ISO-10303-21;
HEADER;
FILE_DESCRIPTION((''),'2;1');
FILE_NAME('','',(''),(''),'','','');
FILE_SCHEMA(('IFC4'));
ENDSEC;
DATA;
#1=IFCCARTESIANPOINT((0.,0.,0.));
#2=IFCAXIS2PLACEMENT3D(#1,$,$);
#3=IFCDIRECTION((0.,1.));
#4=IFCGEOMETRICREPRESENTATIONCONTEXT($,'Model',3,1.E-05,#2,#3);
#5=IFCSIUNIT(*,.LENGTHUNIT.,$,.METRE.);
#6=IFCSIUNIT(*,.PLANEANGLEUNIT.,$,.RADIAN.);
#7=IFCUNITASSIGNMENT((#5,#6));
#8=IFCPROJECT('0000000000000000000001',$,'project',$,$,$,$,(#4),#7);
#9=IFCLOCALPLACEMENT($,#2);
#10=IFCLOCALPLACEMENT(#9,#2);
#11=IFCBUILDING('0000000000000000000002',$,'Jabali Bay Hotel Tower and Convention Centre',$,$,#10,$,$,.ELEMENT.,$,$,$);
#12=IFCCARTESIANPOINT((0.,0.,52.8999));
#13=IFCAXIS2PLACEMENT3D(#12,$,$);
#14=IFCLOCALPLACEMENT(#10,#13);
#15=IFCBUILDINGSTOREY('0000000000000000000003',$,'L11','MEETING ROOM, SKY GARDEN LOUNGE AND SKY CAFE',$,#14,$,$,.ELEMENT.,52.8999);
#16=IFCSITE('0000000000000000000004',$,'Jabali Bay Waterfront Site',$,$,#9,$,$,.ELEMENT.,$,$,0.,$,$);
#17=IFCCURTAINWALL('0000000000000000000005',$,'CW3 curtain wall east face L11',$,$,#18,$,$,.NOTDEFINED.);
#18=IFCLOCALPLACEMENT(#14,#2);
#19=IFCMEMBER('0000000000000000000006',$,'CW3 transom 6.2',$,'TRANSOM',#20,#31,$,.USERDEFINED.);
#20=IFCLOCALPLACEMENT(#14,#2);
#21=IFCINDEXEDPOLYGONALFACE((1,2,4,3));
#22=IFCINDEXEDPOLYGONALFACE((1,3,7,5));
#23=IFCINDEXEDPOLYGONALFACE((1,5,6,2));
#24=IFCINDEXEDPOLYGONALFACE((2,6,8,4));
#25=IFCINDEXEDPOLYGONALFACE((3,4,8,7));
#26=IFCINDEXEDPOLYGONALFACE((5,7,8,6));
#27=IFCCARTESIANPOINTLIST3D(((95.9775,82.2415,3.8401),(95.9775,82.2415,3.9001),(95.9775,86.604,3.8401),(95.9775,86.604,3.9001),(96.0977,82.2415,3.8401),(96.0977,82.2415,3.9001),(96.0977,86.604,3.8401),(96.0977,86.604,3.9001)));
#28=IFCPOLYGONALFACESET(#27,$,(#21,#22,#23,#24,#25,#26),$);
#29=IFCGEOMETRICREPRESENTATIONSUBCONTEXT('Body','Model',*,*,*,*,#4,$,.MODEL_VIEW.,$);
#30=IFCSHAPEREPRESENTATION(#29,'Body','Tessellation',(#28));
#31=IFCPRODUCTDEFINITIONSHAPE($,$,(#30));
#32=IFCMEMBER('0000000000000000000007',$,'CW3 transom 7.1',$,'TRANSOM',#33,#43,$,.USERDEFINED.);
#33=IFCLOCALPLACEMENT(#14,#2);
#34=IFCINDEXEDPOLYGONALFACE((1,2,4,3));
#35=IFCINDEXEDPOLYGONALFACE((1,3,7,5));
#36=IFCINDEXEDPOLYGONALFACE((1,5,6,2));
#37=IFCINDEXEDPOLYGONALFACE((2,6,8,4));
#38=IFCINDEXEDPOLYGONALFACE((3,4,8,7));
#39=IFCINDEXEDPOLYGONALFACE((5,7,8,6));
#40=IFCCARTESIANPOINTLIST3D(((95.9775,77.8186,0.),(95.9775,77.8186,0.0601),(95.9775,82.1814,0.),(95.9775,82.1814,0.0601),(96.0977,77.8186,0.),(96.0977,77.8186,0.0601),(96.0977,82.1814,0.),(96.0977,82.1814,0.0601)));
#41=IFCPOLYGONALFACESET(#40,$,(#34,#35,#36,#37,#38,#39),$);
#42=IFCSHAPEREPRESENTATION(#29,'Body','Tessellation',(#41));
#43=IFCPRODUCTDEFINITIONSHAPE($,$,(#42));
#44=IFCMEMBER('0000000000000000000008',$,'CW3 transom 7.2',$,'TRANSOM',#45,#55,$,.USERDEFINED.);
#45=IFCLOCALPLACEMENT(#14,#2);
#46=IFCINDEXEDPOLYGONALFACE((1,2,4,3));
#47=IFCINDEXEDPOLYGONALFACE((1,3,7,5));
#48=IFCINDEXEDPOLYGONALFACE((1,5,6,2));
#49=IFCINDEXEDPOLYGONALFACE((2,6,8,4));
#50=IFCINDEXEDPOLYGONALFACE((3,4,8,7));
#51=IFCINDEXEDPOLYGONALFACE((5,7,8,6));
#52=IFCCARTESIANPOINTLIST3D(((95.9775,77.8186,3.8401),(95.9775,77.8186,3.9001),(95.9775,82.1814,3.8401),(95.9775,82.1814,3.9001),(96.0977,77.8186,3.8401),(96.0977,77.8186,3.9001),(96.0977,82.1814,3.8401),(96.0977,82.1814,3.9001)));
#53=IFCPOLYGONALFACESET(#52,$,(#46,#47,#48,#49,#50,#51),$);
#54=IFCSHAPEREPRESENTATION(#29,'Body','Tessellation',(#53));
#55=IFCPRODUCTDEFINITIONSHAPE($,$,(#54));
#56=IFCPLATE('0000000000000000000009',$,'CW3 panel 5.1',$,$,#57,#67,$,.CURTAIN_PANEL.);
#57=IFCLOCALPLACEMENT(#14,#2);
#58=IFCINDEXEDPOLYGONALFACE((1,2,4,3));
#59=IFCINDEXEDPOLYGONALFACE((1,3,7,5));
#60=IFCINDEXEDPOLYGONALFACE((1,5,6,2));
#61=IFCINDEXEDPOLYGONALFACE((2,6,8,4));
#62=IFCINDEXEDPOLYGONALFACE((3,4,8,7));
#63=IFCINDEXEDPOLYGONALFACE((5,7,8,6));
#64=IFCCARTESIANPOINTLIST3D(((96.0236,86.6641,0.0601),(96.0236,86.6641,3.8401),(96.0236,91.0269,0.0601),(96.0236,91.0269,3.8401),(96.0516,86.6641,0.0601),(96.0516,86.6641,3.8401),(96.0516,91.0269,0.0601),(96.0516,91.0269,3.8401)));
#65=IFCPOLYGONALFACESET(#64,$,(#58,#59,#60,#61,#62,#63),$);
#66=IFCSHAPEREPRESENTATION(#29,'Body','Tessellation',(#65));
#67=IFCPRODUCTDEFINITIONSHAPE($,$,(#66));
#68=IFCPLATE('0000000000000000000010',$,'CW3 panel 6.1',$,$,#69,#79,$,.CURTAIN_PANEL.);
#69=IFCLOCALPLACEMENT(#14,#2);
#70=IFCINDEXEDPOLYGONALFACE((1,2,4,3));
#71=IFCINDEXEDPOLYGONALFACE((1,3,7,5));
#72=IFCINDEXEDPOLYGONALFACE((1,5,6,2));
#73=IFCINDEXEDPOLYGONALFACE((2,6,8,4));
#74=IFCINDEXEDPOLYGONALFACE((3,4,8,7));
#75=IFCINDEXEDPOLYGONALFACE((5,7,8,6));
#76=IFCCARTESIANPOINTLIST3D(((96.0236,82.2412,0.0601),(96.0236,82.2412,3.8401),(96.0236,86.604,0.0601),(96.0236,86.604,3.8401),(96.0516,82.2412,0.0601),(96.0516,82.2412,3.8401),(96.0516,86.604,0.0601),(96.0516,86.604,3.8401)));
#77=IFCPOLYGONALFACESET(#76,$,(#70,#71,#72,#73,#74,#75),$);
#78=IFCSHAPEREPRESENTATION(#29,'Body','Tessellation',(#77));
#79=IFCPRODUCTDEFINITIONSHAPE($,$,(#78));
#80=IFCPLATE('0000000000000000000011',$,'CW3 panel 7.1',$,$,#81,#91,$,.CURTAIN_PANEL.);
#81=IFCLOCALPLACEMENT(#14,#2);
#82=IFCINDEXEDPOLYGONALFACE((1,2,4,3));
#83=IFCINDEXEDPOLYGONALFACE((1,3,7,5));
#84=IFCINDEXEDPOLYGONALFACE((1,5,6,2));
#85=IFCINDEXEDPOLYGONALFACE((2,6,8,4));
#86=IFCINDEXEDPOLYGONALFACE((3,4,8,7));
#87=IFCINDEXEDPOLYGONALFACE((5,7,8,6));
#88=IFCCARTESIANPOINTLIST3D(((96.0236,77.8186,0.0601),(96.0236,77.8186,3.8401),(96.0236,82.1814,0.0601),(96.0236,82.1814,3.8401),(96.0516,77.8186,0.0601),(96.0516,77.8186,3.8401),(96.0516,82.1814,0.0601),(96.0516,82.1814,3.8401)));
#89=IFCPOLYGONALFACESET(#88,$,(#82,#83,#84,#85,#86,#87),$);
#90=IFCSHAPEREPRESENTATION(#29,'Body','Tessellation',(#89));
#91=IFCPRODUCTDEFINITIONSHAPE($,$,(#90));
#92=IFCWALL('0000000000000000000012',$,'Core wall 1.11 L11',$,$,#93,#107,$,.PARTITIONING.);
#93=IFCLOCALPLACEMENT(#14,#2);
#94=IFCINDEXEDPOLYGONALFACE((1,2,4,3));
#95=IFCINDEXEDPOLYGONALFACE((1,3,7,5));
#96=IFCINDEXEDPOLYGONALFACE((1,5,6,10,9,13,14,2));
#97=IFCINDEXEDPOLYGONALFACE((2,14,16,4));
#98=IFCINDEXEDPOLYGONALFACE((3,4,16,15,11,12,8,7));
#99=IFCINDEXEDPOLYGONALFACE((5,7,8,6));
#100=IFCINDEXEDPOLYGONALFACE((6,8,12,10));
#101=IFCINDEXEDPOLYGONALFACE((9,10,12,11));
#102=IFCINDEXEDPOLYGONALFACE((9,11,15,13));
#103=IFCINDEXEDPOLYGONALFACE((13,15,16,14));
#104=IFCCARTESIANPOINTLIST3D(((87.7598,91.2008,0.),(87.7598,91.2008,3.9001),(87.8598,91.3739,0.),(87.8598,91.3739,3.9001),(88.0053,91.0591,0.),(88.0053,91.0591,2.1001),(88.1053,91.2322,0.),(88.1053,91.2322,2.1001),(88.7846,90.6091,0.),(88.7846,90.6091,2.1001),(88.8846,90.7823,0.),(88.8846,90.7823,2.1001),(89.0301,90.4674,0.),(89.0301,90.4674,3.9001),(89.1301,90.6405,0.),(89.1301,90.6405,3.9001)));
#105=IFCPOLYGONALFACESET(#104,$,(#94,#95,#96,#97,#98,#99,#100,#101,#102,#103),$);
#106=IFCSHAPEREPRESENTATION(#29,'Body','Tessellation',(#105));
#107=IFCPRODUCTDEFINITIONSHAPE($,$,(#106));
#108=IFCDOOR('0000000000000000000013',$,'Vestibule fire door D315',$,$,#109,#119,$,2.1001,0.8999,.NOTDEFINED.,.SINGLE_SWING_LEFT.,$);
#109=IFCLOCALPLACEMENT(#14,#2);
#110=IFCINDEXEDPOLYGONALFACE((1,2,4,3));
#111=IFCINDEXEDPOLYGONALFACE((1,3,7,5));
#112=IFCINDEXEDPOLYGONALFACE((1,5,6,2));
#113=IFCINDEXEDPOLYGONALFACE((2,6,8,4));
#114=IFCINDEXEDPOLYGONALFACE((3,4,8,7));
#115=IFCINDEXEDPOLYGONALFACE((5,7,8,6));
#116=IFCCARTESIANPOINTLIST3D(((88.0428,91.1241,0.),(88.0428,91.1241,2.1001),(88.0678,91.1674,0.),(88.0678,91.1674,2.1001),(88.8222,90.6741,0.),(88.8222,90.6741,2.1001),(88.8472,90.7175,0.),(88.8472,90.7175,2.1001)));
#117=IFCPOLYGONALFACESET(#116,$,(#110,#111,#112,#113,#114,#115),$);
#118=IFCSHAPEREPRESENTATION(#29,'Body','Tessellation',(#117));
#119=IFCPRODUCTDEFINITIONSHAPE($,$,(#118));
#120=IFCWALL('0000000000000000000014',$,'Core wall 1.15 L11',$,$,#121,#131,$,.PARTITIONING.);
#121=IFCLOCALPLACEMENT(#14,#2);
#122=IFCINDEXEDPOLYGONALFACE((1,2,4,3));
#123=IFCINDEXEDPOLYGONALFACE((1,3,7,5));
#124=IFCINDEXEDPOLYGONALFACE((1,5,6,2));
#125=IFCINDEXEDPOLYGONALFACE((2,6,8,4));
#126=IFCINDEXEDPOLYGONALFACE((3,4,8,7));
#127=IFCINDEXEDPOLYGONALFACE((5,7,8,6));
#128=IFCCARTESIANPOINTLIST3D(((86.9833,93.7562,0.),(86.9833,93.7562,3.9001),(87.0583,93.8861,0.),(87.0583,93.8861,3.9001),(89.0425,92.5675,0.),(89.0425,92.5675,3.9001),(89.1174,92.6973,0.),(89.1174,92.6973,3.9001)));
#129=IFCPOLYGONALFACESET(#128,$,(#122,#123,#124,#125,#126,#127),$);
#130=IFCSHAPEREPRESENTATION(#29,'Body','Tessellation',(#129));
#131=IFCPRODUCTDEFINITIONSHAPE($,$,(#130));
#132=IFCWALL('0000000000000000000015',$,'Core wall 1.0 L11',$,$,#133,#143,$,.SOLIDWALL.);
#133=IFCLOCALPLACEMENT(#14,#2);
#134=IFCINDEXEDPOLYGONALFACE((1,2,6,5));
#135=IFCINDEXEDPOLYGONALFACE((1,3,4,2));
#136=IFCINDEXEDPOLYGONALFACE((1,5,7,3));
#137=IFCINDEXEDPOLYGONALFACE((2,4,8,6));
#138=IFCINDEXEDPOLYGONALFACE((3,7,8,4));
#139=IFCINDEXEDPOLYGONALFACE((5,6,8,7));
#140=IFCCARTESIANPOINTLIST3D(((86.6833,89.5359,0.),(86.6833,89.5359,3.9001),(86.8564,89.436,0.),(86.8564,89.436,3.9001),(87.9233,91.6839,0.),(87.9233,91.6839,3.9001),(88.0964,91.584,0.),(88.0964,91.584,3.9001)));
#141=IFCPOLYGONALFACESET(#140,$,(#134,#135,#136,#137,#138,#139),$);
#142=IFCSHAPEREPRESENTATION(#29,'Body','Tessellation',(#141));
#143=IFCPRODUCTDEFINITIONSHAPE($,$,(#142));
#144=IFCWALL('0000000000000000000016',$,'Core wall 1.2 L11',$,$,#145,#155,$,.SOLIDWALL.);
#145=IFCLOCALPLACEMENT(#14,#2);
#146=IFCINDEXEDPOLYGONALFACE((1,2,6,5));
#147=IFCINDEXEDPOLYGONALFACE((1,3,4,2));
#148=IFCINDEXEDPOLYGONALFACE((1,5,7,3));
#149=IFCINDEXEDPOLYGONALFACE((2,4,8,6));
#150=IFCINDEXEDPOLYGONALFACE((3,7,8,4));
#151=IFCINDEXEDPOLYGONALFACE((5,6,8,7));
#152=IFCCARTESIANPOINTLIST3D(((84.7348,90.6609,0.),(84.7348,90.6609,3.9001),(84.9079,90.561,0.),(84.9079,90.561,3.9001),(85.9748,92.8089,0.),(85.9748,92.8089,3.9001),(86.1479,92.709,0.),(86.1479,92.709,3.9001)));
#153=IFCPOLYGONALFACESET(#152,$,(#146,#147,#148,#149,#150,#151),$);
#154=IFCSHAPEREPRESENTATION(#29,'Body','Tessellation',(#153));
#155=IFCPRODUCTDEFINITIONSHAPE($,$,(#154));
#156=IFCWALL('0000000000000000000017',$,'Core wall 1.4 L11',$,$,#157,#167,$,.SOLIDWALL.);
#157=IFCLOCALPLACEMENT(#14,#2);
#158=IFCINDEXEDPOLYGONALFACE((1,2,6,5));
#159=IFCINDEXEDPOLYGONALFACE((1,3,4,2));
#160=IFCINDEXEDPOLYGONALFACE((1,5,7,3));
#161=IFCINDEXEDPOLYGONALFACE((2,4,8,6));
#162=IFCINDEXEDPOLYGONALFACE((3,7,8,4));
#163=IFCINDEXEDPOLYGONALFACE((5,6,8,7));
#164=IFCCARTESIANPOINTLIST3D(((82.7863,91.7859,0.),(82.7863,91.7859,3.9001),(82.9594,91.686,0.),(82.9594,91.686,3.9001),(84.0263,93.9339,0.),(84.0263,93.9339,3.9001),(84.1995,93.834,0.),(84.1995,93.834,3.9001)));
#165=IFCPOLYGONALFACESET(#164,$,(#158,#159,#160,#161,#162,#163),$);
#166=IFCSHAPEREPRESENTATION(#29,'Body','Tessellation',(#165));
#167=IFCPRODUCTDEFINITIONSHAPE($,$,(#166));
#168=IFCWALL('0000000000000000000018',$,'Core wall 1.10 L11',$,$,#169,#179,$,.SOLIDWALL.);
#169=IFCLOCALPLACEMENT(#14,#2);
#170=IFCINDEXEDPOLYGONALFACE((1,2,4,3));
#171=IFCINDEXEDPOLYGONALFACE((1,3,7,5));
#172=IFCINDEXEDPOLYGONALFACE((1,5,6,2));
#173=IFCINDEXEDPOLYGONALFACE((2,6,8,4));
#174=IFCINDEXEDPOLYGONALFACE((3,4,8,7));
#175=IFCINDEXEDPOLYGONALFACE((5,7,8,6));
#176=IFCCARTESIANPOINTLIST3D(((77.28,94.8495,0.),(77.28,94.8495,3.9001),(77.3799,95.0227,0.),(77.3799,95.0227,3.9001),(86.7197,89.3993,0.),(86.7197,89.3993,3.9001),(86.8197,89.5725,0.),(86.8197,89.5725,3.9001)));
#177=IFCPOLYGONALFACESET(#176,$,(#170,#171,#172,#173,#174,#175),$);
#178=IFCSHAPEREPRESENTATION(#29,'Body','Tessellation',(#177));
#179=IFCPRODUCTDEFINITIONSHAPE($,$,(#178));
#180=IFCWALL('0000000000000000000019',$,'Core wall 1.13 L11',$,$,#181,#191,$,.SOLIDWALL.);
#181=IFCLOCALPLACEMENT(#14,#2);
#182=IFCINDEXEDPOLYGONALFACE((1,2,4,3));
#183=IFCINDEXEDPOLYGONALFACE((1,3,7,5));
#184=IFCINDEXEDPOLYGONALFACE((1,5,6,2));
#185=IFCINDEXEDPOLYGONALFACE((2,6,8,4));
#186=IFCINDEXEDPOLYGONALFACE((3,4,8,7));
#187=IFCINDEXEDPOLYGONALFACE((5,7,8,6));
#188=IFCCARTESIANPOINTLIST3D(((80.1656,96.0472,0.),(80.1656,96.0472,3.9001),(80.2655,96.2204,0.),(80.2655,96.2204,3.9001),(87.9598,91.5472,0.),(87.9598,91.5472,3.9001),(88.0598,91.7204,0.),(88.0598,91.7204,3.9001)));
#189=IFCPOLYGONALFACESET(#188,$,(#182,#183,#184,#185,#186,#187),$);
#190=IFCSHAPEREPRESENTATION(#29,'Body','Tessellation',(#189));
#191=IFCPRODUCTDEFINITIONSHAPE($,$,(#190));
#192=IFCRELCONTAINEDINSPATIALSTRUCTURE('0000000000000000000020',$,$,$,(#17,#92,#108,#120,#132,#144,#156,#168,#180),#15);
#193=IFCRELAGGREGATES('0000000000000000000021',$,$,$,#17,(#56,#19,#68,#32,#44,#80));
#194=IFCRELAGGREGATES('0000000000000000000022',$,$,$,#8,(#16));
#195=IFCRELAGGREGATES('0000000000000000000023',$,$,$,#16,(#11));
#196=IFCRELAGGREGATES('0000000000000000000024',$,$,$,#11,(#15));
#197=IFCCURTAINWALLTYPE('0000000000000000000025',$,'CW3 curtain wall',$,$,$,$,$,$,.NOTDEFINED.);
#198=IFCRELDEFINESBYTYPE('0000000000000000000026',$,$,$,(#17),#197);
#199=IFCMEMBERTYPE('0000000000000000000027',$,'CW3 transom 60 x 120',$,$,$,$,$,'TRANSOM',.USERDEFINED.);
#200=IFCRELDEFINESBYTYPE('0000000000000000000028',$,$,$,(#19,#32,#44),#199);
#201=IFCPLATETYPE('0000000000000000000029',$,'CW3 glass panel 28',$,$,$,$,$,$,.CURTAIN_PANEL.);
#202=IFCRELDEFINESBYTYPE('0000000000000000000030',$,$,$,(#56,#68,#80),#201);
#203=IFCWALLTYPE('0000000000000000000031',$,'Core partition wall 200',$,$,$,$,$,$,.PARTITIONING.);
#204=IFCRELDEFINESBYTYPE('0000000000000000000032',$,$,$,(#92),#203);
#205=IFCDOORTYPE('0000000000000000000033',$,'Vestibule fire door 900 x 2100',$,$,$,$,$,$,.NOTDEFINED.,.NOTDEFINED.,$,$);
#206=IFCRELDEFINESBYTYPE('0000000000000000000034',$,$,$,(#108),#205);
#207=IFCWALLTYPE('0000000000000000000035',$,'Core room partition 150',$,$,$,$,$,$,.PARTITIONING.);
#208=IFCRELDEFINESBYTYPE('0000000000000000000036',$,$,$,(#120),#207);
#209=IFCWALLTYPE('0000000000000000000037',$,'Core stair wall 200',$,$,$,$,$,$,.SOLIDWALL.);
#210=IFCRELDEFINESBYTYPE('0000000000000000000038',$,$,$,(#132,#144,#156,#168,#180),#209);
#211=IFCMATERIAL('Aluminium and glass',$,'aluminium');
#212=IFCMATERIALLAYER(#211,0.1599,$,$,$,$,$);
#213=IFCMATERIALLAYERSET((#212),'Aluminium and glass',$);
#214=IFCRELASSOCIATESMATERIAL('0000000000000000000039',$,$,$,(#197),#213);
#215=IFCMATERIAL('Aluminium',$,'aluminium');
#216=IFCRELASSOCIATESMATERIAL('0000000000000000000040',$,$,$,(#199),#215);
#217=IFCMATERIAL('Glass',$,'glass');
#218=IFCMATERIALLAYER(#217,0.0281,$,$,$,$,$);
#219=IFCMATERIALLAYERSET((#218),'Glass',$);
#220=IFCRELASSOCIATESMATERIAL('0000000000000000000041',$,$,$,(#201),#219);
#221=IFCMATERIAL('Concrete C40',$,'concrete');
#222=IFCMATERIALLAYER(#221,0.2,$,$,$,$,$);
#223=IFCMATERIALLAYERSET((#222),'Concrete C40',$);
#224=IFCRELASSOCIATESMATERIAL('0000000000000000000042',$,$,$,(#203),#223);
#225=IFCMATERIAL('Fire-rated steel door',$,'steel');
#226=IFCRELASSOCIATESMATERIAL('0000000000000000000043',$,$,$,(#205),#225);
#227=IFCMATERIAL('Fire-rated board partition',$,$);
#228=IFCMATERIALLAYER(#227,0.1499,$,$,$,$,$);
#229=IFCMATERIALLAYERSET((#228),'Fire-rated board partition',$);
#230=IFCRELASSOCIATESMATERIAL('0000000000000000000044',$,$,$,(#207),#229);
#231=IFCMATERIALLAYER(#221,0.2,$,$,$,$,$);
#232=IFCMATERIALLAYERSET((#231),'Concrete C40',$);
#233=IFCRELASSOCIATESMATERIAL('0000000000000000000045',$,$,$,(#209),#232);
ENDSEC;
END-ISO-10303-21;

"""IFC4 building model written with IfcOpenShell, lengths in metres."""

from ifc_helpers import new_model, si_unit, direction, frame, frame_2d, origin, origin_2d, place, context, subcontext, project, spatial, rectangle, extrude, material, layer, layer_set, material_profile, profile_set, type_object, element, fill, aggregate, save


model = new_model("IFC4")

# Units and contexts
model_context = context("Model", 3, precision=1e-05, world=origin(), true_north=direction((0.0, 1.0)))
body_context = subcontext(model_context, "Body", "Model", "MODEL_VIEW")
ifc_project = project(units=[si_unit("LENGTHUNIT", "METRE"), si_unit("PLANEANGLEUNIT", "RADIAN")], contexts=[model_context])

# Site, building, storey
site_placement = place(None, origin())
site = spatial("IfcSite", under=ifc_project, at=site_placement, Name="Jabali Bay Waterfront Site", CompositionType="ELEMENT", RefElevation=0.0)
building_placement = place(site_placement, origin())
building = spatial("IfcBuilding", under=site, at=building_placement, Name="Jabali Bay Hotel Tower and Convention Centre", CompositionType="ELEMENT")
storey_placement = place(building_placement, frame((0.0, 0.0, 52.8999)))
storey = spatial("IfcBuildingStorey", under=building, at=storey_placement, Name="L11", Description="MEETING ROOM, SKY GARDEN LOUNGE AND SKY CAFE", CompositionType="ELEMENT", Elevation=52.8999)

# Curtain wall, members, plates
ifc_material_1 = material(Name="Aluminium and glass", Category="aluminium")
ifc_layer_1 = layer(ifc_material_1, 0.1599)
ifc_layer_set_1 = layer_set([ifc_layer_1], Name="Aluminium and glass")
curtain_wall_type = type_object("IfcCurtainWallType", Name="CW3 curtain wall", PredefinedType="NOTDEFINED", material=ifc_layer_set_1)
curtain_wall_placement = place(storey_placement, origin())
curtain_wall = element("IfcCurtainWall", 1, at=curtain_wall_placement, inside=storey, type_object=curtain_wall_type, Name="CW3 curtain wall east face L11", PredefinedType="NOTDEFINED")
ifc_material_2 = material(Name="Aluminium", Category="aluminium")
ifc_material_profile_1 = material_profile(ifc_material_2, rectangle(XDim=0.1201, YDim=0.0601, at=origin_2d()), Name="CW3 transom 60 x 120")
ifc_profile_set_1 = profile_set([ifc_material_profile_1], Name="Aluminium")
member_type_1 = type_object("IfcMemberType", Name="CW3 transom 60 x 120", ElementType="TRANSOM", PredefinedType="USERDEFINED", material=ifc_profile_set_1)
member_1_placement = place(storey_placement, frame((96.0376, 86.604, 3.8701), z_axis=(0.0, -1.0, 0.0), x_axis=(1.0, 0.0, 0.0)))
member_1 = element("IfcMember", 2, at=member_1_placement, type_object=member_type_1, Name="CW3 transom 6.2", ObjectType="TRANSOM", PredefinedType="USERDEFINED", context=body_context, shape_type="SweptSolid", body=[
    extrude(rectangle(XDim=0.1201, YDim=0.0601, at=origin_2d()), origin(), (0.0, 0.0, 1.0), 4.3625),
])
member_2_placement = place(storey_placement, frame((96.0376, 82.1814, 0.03), z_axis=(0.0, -1.0, 0.0), x_axis=(1.0, 0.0, 0.0)))
member_2 = element("IfcMember", 3, at=member_2_placement, type_object=member_type_1, Name="CW3 transom 7.1", ObjectType="TRANSOM", PredefinedType="USERDEFINED", context=body_context, shape_type="SweptSolid", body=[
    extrude(rectangle(XDim=0.1201, YDim=0.0601, at=origin_2d()), origin(), (0.0, 0.0, 1.0), 4.3628),
])
member_3_placement = place(storey_placement, frame((96.0376, 82.1814, 3.8701), z_axis=(0.0, -1.0, 0.0), x_axis=(1.0, 0.0, 0.0)))
member_3 = element("IfcMember", 4, at=member_3_placement, type_object=member_type_1, Name="CW3 transom 7.2", ObjectType="TRANSOM", PredefinedType="USERDEFINED", context=body_context, shape_type="SweptSolid", body=[
    extrude(rectangle(XDim=0.1201, YDim=0.0601, at=origin_2d()), origin(), (0.0, 0.0, 1.0), 4.3628),
])
ifc_material_3 = material(Name="Glass", Category="glass")
ifc_layer_2 = layer(ifc_material_3, 0.0281)
ifc_layer_set_2 = layer_set([ifc_layer_2], Name="Glass")
plate_type = type_object("IfcPlateType", Name="CW3 glass panel 28", PredefinedType="CURTAIN_PANEL", material=ifc_layer_set_2)
plate_1_placement = place(storey_placement, frame((96.0376, 88.8455, 0.0601), z_axis=(0.0, 0.0, 1.0), x_axis=(0.0, -1.0, 0.0)))
plate_1 = element("IfcPlate", 5, at=plate_1_placement, type_object=plate_type, Name="CW3 panel 5.1", PredefinedType="CURTAIN_PANEL", context=body_context, shape_type="SweptSolid", body=[
    extrude(rectangle(XDim=4.3628, YDim=0.0281, at=origin_2d()), origin(), (0.0, 0.0, 1.0), 3.78),
])
plate_2_placement = place(storey_placement, frame((96.0376, 84.4226, 0.0601), z_axis=(0.0, 0.0, 1.0), x_axis=(0.0, -1.0, 0.0)))
plate_2 = element("IfcPlate", 6, at=plate_2_placement, type_object=plate_type, Name="CW3 panel 6.1", PredefinedType="CURTAIN_PANEL", context=body_context, shape_type="SweptSolid", body=[
    extrude(rectangle(XDim=4.3628, YDim=0.0281, at=origin_2d()), origin(), (0.0, 0.0, 1.0), 3.78),
])
plate_3_placement = place(storey_placement, frame((96.0376, 80.0, 0.0601), z_axis=(0.0, 0.0, 1.0), x_axis=(0.0, -1.0, 0.0)))
plate_3 = element("IfcPlate", 7, at=plate_3_placement, type_object=plate_type, Name="CW3 panel 7.1", PredefinedType="CURTAIN_PANEL", context=body_context, shape_type="SweptSolid", body=[
    extrude(rectangle(XDim=4.3628, YDim=0.0281, at=origin_2d()), origin(), (0.0, 0.0, 1.0), 3.78),
])
aggregate(curtain_wall, [plate_1, member_1, plate_2, member_2, member_3, plate_3])

# Wall, opening, door
ifc_material_4 = material(Name="Concrete C40", Category="concrete")
ifc_layer_3 = layer(ifc_material_4, 0.2)
ifc_layer_set_3 = layer_set([ifc_layer_3], Name="Concrete C40")
wall_type_1 = type_object("IfcWallType", Name="Core partition wall 200", PredefinedType="PARTITIONING", material=ifc_layer_set_3)
wall_1_placement = place(storey_placement, frame((89.0801, 90.554, 0.0), z_axis=(0.0, 0.0, 1.0), x_axis=(-0.866022, 0.500006, 0.0)))
wall_1 = element("IfcWall", 8, at=wall_1_placement, inside=storey, type_object=wall_type_1, Name="Core wall 1.11 L11", PredefinedType="PARTITIONING", context=body_context, shape_type="SweptSolid", body=[
    extrude(rectangle(XDim=1.4668, YDim=0.2, at=frame_2d((0.7334, 0.0))), origin(), (0.0, 0.0, 1.0), 3.9001),
])
opening_1_placement = place(wall_1_placement, frame((0.2834, 0.0, 0.0)))
opening_1 = element("IfcOpeningElement", 9, at=opening_1_placement, cuts=wall_1, PredefinedType="OPENING", context=body_context, shape_type="SweptSolid", body=[
    extrude(rectangle(XDim=0.8999, YDim=2.1001, at=frame_2d((0.45, 1.05))), frame((0.0, 0.1104, 0.0), z_axis=(0.0, -1.0, 0.0), x_axis=(1.0, 0.0, 0.0)), (0.0, 0.0, 1.0), 0.2209),
])
ifc_material_5 = material(Name="Fire-rated steel door", Category="steel")
door_type_1 = type_object("IfcDoorType", Name="Vestibule fire door 900 x 2100", OperationType="NOTDEFINED", PredefinedType="NOTDEFINED", material=ifc_material_5)
door_1_placement = place(opening_1_placement, origin())
door_1 = element("IfcDoor", 10, at=door_1_placement, inside=storey, type_object=door_type_1, Name="Vestibule fire door D315", OperationType="SINGLE_SWING_LEFT", OverallHeight=2.1001, OverallWidth=0.8999, PredefinedType="NOTDEFINED", context=body_context, shape_type="SweptSolid", body=[
    extrude(rectangle(XDim=0.8999, YDim=2.1001, at=frame_2d((0.45, 1.05))), frame((0.0, 0.0249, 0.0), z_axis=(0.0, -1.0, 0.0), x_axis=(1.0, 0.0, 0.0)), (0.0, 0.0, 1.0), 0.05),
])
fill(opening_1, door_1)

# Walls
ifc_material_6 = material(Name="Fire-rated board partition")
ifc_layer_4 = layer(ifc_material_6, 0.1499)
ifc_layer_set_4 = layer_set([ifc_layer_4], Name="Fire-rated board partition")
wall_type_2 = type_object("IfcWallType", Name="Core room partition 150", PredefinedType="PARTITIONING", material=ifc_layer_set_4)
wall_2_placement = place(storey_placement, frame((89.0801, 92.6323, 0.0), z_axis=(0.0, 0.0, 1.0), x_axis=(-0.866042, 0.499971, 0.0)))
element("IfcWall", 11, at=wall_2_placement, inside=storey, type_object=wall_type_2, Name="Core wall 1.15 L11", PredefinedType="PARTITIONING", context=body_context, shape_type="SweptSolid", body=[
    extrude(rectangle(XDim=2.3777, YDim=0.1499, at=frame_2d((1.189, 0.0))), origin(), (0.0, 0.0, 1.0), 3.9001),
])
ifc_layer_5 = layer(ifc_material_4, 0.2)
ifc_layer_set_5 = layer_set([ifc_layer_5], Name="Concrete C40")
wall_type_3 = type_object("IfcWallType", Name="Core stair wall 200", PredefinedType="SOLIDWALL", material=ifc_layer_set_5)
for number, where, z_axis, x_axis, name in (
    (12, (86.7698, 89.4858, 0.0), (0.0, 0.0, 1.0), (0.499961, 0.866048, 0.0), "Core wall 1.0 L11"),
    (13, (84.8213, 90.6108, 0.0), (0.0, 0.0, 1.0), (0.499961, 0.866048, 0.0), "Core wall 1.2 L11"),
    (14, (82.8728, 91.7358, 0.0), (0.0, 0.0, 1.0), (0.499961, 0.866048, 0.0), "Core wall 1.4 L11"),
):
    element("IfcWall", number, at=place(storey_placement, frame(where, z_axis=z_axis, x_axis=x_axis)), inside=storey, type_object=wall_type_3, Name=name, PredefinedType="SOLIDWALL", context=body_context, shape_type="SweptSolid", body=[
        extrude(rectangle(XDim=2.4802, YDim=0.2, at=frame_2d((1.2402, 0.0))), origin(), (0.0, 0.0, 1.0), 3.9001),
    ])
wall_3_placement = place(storey_placement, frame((86.7698, 89.4858, 0.0), z_axis=(0.0, 0.0, 1.0), x_axis=(-0.866018, 0.500013, 0.0)))
element("IfcWall", 15, at=wall_3_placement, inside=storey, type_object=wall_type_3, Name="Core wall 1.10 L11", PredefinedType="SOLIDWALL", context=body_context, shape_type="SweptSolid", body=[
    extrude(rectangle(XDim=10.9001, YDim=0.2, at=frame_2d((5.4502, 0.0))), origin(), (0.0, 0.0, 1.0), 3.9001),
])
wall_4_placement = place(storey_placement, frame((88.0098, 91.6338, 0.0), z_axis=(0.0, 0.0, 1.0), x_axis=(-0.866024, 0.500002, 0.0)))
element("IfcWall", 16, at=wall_4_placement, inside=storey, type_object=wall_type_3, Name="Core wall 1.13 L11", PredefinedType="SOLIDWALL", context=body_context, shape_type="SweptSolid", body=[
    extrude(rectangle(XDim=9.0, YDim=0.2, at=frame_2d((4.5, 0.0))), origin(), (0.0, 0.0, 1.0), 3.9001),
])

save(model, "model.ifc")
